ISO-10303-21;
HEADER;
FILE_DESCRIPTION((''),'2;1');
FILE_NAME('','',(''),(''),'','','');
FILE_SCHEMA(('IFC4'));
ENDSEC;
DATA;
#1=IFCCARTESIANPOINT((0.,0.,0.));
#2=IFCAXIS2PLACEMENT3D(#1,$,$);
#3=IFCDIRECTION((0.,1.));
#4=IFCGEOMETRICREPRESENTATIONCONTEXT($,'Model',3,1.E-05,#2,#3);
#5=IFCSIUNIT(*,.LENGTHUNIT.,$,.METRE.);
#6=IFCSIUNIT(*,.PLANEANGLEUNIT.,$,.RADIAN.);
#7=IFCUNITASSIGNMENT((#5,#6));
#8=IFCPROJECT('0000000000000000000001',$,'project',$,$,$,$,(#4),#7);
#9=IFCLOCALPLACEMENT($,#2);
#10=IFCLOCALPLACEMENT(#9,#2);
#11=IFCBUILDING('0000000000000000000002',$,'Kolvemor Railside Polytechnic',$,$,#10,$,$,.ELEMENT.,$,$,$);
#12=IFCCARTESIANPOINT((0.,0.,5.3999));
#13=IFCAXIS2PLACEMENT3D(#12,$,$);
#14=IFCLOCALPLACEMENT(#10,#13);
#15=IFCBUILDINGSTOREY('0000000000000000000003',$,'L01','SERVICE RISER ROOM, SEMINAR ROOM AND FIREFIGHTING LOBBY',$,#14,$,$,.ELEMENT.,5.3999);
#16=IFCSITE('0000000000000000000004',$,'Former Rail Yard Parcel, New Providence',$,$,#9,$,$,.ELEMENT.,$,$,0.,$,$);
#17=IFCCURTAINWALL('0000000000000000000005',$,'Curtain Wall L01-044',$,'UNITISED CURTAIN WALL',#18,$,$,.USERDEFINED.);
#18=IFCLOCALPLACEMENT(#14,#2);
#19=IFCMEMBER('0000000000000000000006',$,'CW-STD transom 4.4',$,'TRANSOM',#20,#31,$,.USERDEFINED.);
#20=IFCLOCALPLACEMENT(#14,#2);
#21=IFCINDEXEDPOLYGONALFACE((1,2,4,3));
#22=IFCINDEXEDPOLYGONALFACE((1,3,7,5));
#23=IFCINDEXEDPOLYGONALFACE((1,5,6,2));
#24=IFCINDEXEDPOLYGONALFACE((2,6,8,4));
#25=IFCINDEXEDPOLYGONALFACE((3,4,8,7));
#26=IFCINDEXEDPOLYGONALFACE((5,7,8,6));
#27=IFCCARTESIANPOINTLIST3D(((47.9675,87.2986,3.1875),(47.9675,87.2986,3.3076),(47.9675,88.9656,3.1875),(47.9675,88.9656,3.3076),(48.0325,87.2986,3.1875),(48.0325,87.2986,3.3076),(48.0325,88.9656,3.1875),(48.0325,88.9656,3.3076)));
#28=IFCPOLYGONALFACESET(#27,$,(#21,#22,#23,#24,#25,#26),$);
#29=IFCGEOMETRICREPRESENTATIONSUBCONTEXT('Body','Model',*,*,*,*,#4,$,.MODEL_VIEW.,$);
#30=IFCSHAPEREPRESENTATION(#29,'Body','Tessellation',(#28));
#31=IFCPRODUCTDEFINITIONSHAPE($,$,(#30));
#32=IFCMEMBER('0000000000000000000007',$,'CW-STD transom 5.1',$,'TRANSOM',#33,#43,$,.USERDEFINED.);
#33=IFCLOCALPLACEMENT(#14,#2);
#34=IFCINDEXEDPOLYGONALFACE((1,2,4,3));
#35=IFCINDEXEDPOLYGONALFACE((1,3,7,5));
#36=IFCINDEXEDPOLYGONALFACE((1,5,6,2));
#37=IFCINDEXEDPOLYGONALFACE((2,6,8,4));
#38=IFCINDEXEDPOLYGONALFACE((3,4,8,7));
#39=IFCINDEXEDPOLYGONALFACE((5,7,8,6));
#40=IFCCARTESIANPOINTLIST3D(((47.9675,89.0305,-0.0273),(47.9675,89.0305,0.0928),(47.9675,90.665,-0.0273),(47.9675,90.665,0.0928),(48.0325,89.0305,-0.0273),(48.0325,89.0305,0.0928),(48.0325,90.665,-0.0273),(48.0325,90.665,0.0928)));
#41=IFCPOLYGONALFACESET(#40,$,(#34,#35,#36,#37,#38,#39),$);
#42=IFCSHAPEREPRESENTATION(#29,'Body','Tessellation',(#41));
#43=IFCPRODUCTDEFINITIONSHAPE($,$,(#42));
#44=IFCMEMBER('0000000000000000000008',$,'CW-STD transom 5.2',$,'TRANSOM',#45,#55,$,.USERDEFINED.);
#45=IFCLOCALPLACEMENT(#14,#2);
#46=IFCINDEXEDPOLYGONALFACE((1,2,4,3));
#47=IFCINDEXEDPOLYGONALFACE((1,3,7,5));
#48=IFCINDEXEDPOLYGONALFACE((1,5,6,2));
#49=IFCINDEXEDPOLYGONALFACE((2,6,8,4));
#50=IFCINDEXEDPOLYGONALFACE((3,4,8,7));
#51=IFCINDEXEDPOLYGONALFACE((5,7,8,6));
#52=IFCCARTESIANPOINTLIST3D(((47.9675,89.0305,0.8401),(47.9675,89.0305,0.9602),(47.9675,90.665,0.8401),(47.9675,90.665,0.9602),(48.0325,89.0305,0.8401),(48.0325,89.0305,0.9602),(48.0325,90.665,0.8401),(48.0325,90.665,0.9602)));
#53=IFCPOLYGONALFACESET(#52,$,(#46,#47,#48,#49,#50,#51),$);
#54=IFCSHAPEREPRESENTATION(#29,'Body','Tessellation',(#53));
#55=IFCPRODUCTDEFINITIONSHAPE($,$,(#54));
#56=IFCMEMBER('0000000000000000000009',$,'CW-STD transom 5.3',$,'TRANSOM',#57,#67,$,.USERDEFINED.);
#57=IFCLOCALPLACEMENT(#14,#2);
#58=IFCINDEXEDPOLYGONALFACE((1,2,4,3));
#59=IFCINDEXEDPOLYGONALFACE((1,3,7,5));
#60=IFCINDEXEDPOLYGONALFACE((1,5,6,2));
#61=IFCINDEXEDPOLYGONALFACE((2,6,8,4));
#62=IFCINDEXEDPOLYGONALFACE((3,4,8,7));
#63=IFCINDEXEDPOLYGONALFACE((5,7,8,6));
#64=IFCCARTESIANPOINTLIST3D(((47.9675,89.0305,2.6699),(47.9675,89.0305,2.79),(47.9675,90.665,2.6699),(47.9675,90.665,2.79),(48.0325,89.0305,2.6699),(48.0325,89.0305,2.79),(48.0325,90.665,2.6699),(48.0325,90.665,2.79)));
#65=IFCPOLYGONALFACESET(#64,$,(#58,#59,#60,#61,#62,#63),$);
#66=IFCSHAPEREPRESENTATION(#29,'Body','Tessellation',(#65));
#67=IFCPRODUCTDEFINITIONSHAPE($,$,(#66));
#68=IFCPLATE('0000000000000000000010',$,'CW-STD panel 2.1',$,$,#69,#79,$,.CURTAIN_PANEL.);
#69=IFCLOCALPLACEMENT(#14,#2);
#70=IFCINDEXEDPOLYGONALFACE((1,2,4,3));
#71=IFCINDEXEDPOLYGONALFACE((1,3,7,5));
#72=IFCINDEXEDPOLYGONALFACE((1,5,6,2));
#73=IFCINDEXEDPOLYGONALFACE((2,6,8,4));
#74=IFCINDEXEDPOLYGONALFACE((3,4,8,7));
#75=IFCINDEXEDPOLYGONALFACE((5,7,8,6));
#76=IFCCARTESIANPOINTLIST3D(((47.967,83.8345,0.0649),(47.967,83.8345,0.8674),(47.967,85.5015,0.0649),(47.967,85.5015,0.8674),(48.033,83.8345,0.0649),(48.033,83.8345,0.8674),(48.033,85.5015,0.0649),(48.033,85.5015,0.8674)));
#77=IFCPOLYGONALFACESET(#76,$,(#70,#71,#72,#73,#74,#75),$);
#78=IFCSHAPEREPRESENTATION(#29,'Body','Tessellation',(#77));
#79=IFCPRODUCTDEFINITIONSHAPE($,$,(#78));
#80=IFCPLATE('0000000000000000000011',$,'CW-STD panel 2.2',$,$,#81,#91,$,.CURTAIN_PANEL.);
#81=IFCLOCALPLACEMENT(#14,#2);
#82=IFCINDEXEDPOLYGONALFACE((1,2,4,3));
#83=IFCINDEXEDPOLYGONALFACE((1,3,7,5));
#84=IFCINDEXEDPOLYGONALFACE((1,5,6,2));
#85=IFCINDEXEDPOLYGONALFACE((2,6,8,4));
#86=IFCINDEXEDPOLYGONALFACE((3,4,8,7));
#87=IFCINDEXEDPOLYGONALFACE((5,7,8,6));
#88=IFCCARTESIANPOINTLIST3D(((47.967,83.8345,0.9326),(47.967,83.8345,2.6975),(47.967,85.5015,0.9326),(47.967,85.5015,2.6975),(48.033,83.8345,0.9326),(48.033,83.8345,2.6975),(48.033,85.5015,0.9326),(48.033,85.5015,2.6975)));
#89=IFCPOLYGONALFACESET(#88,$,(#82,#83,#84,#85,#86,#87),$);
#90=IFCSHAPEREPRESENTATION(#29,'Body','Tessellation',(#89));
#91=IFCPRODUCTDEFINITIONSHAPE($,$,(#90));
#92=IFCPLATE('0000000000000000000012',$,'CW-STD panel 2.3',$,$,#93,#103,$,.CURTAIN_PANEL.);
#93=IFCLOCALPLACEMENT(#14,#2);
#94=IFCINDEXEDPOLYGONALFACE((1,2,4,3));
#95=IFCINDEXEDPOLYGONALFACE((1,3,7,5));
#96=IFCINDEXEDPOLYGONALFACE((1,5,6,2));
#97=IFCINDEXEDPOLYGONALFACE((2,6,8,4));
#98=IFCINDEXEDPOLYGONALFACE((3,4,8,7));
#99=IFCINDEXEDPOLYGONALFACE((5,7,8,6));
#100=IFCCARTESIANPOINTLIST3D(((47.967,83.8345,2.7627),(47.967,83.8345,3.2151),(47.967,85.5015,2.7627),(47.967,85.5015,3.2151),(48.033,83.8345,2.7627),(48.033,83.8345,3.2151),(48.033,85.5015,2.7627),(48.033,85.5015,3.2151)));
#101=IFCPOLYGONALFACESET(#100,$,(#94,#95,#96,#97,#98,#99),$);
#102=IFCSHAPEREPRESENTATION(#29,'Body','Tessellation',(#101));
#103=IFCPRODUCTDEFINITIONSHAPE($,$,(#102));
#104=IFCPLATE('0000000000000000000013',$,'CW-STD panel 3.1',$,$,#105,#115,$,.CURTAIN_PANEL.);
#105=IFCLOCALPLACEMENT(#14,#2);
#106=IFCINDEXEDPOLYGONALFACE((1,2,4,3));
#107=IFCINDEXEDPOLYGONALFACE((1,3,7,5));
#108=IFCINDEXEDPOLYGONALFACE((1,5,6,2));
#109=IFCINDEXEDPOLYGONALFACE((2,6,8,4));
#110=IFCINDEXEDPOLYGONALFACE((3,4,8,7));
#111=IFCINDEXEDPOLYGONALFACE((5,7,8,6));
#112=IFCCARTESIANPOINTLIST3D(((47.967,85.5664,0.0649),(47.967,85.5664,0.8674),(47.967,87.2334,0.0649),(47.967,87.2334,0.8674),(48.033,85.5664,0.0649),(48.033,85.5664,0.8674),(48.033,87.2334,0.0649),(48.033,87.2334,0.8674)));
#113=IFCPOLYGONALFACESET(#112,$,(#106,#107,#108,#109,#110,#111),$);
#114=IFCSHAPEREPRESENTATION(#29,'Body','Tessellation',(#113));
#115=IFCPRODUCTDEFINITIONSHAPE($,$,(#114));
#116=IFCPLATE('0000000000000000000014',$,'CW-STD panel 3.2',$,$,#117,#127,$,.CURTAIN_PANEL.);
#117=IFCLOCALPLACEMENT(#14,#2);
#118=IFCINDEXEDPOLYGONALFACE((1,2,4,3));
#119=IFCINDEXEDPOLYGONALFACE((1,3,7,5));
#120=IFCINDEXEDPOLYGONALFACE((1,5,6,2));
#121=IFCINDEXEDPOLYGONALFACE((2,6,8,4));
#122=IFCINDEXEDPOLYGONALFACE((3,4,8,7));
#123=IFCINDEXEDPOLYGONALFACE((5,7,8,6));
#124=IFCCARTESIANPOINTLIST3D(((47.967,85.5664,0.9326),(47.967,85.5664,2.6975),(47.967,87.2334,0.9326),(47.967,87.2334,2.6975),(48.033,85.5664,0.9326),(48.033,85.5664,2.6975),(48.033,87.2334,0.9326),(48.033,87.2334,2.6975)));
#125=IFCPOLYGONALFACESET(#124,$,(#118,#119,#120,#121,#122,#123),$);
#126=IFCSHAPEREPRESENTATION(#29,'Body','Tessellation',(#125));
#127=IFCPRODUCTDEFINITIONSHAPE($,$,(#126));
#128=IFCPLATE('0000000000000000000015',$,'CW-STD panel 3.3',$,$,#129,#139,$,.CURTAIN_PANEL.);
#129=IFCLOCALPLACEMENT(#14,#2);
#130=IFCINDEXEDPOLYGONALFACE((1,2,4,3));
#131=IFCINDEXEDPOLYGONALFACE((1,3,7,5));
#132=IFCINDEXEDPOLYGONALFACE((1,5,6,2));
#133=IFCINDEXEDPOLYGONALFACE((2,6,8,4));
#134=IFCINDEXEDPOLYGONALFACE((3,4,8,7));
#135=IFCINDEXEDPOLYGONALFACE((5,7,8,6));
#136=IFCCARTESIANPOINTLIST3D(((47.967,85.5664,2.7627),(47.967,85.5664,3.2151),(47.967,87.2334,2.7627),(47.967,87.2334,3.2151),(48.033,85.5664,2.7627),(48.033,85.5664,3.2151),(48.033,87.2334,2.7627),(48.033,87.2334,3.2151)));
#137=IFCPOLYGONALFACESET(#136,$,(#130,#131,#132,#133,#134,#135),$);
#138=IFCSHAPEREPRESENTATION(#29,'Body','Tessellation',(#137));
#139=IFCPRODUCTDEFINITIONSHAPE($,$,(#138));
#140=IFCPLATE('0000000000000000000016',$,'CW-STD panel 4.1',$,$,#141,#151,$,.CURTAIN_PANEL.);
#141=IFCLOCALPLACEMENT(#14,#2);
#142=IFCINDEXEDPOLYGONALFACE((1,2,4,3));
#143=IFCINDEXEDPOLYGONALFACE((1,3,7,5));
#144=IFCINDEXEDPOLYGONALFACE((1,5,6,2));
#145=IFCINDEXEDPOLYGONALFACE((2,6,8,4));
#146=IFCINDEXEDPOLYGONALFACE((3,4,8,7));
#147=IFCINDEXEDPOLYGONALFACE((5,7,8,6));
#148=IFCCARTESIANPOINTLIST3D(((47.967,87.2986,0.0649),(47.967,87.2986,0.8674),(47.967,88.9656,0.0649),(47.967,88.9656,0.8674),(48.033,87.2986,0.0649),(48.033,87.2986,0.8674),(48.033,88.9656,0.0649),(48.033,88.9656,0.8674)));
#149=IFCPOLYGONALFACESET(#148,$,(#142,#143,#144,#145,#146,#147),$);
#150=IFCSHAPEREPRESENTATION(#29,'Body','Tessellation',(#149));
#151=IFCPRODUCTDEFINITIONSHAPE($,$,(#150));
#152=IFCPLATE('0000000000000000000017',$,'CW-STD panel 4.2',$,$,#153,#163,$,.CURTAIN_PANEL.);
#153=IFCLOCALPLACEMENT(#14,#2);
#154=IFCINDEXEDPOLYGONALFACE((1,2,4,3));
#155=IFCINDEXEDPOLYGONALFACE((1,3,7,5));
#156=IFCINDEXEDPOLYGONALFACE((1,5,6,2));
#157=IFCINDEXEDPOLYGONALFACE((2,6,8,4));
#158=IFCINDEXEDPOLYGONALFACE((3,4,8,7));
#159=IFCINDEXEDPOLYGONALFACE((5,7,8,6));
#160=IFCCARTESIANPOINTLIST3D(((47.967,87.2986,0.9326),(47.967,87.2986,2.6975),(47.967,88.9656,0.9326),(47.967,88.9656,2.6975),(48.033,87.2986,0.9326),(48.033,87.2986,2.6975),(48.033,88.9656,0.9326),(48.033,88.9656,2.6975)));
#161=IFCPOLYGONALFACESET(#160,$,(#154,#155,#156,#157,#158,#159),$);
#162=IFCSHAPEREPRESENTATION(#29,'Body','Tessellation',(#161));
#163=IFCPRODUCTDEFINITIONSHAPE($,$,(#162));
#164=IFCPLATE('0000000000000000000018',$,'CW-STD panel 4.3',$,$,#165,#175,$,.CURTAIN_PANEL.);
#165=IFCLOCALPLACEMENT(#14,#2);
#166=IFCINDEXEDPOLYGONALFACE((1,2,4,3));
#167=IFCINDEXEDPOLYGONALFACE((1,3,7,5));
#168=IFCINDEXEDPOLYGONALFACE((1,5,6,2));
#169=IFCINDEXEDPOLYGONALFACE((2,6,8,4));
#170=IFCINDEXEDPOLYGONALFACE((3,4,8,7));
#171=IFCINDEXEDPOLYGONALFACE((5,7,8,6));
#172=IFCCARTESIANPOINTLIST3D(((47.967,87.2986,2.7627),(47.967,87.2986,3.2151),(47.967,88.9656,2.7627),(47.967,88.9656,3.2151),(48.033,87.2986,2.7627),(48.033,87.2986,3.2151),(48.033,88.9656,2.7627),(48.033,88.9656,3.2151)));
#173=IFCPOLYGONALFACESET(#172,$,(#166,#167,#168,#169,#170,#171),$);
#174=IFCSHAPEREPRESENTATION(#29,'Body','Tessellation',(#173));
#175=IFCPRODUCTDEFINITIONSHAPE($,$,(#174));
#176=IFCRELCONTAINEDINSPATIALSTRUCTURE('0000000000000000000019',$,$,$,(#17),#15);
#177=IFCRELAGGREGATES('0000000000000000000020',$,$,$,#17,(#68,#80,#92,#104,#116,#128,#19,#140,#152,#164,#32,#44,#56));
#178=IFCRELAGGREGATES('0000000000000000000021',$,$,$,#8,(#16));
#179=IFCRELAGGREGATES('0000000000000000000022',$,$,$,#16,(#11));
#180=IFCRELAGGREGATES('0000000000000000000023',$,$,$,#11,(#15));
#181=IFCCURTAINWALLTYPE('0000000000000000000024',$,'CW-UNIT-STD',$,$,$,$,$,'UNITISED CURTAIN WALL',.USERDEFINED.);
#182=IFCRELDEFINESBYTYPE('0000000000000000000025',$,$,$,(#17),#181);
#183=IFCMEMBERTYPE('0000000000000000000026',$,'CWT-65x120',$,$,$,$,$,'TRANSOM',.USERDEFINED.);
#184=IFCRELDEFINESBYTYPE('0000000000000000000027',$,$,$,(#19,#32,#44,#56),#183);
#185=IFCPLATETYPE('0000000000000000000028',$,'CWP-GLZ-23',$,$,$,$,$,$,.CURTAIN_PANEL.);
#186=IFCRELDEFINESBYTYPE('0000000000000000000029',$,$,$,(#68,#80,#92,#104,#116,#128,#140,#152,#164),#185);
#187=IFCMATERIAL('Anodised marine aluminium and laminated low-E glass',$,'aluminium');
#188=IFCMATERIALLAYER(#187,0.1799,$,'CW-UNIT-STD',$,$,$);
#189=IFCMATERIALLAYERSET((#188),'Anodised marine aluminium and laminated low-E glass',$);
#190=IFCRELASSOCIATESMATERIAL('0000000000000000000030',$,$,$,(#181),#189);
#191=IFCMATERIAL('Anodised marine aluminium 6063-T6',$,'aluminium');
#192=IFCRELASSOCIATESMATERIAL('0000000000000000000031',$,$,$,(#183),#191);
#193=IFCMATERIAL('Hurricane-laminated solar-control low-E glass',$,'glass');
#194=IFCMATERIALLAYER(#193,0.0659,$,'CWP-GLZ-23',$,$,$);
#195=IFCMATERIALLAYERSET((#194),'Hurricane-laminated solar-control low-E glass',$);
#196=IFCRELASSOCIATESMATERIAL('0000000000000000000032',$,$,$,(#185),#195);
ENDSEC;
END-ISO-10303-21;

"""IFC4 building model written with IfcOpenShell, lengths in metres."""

from ifc_helpers import new_model, si_unit, direction, frame, origin, origin_2d, place, context, subcontext, project, spatial, rectangle, extrude, material, layer, layer_set, material_profile, profile_set, type_object, element, aggregate, save


model = new_model("IFC4")

# Units and contexts
model_context = context("Model", 3, precision=1e-05, world=origin(), true_north=direction((0.0, 1.0)))
body_context = subcontext(model_context, "Body", "Model", "MODEL_VIEW")
ifc_project = project(units=[si_unit("LENGTHUNIT", "METRE"), si_unit("PLANEANGLEUNIT", "RADIAN")], contexts=[model_context])

# Site, building, storey
site_placement = place(None, origin())
site = spatial("IfcSite", under=ifc_project, at=site_placement, Name="Former Rail Yard Parcel, New Providence", CompositionType="ELEMENT", RefElevation=0.0)
building_placement = place(site_placement, origin())
building = spatial("IfcBuilding", under=site, at=building_placement, Name="Kolvemor Railside Polytechnic", CompositionType="ELEMENT")
storey_placement = place(building_placement, frame((0.0, 0.0, 5.3999)))
storey = spatial("IfcBuildingStorey", under=building, at=storey_placement, Name="L01", Description="SERVICE RISER ROOM, SEMINAR ROOM AND FIREFIGHTING LOBBY", CompositionType="ELEMENT", Elevation=5.3999)

# Curtain wall, members, plates
ifc_material_1 = material(Name="Anodised marine aluminium and laminated low-E glass", Category="aluminium")
ifc_layer_1 = layer(ifc_material_1, 0.1799, Name="CW-UNIT-STD")
ifc_layer_set_1 = layer_set([ifc_layer_1], Name="Anodised marine aluminium and laminated low-E glass")
curtain_wall_type = type_object("IfcCurtainWallType", Name="CW-UNIT-STD", ElementType="UNITISED CURTAIN WALL", PredefinedType="USERDEFINED", material=ifc_layer_set_1)
curtain_wall_placement = place(storey_placement, origin())
curtain_wall = element("IfcCurtainWall", 1, at=curtain_wall_placement, inside=storey, type_object=curtain_wall_type, Name="Curtain Wall L01-044", ObjectType="UNITISED CURTAIN WALL", PredefinedType="USERDEFINED")
ifc_material_2 = material(Name="Anodised marine aluminium 6063-T6", Category="aluminium")
ifc_material_profile_1 = material_profile(ifc_material_2, rectangle(XDim=0.0649, YDim=0.1201, at=origin_2d()), Name="CW-TRN-65x120")
ifc_profile_set_1 = profile_set([ifc_material_profile_1], Name="Anodised marine aluminium 6063-T6")
member_type_1 = type_object("IfcMemberType", Name="CWT-65x120", ElementType="TRANSOM", PredefinedType="USERDEFINED", material=ifc_profile_set_1)
member_1_placement = place(storey_placement, frame((48.0, 87.2986, 3.2476), z_axis=(0.0, 1.0, 0.0), x_axis=(-1.0, 0.0, 0.0)))
member_1 = element("IfcMember", 2, at=member_1_placement, type_object=member_type_1, Name="CW-STD transom 4.4", ObjectType="TRANSOM", PredefinedType="USERDEFINED", context=body_context, shape_type="SweptSolid", body=[
    extrude(rectangle(XDim=0.0649, YDim=0.1201, at=origin_2d()), origin(), (0.0, 0.0, 1.0), 1.667),
])
member_2_placement = place(storey_placement, frame((48.0, 89.0305, 0.0327), z_axis=(0.0, 1.0, 0.0), x_axis=(-1.0, 0.0, 0.0)))
member_2 = element("IfcMember", 3, at=member_2_placement, type_object=member_type_1, Name="CW-STD transom 5.1", ObjectType="TRANSOM", PredefinedType="USERDEFINED", context=body_context, shape_type="SweptSolid", body=[
    extrude(rectangle(XDim=0.0649, YDim=0.1201, at=origin_2d()), origin(), (0.0, 0.0, 1.0), 1.6345),
])
member_3_placement = place(storey_placement, frame((48.0, 89.0305, 0.9001), z_axis=(0.0, 1.0, 0.0), x_axis=(-1.0, 0.0, 0.0)))
member_3 = element("IfcMember", 4, at=member_3_placement, type_object=member_type_1, Name="CW-STD transom 5.2", ObjectType="TRANSOM", PredefinedType="USERDEFINED", context=body_context, shape_type="SweptSolid", body=[
    extrude(rectangle(XDim=0.0649, YDim=0.1201, at=origin_2d()), origin(), (0.0, 0.0, 1.0), 1.6345),
])
member_4_placement = place(storey_placement, frame((48.0, 89.0305, 2.73), z_axis=(0.0, 1.0, 0.0), x_axis=(-1.0, 0.0, 0.0)))
member_4 = element("IfcMember", 5, at=member_4_placement, type_object=member_type_1, Name="CW-STD transom 5.3", ObjectType="TRANSOM", PredefinedType="USERDEFINED", context=body_context, shape_type="SweptSolid", body=[
    extrude(rectangle(XDim=0.0649, YDim=0.1201, at=origin_2d()), origin(), (0.0, 0.0, 1.0), 1.6345),
])
ifc_material_3 = material(Name="Hurricane-laminated solar-control low-E glass", Category="glass")
ifc_layer_2 = layer(ifc_material_3, 0.0659, Name="CWP-GLZ-23")
ifc_layer_set_2 = layer_set([ifc_layer_2], Name="Hurricane-laminated solar-control low-E glass")
plate_type = type_object("IfcPlateType", Name="CWP-GLZ-23", PredefinedType="CURTAIN_PANEL", material=ifc_layer_set_2)
plate_1_placement = place(storey_placement, frame((48.0, 84.668, 0.0649), z_axis=(0.0, 0.0, 1.0), x_axis=(0.0, 1.0, 0.0)))
plate_1 = element("IfcPlate", 6, at=plate_1_placement, type_object=plate_type, Name="CW-STD panel 2.1", PredefinedType="CURTAIN_PANEL", context=body_context, shape_type="SweptSolid", body=[
    extrude(rectangle(XDim=1.667, YDim=0.0659, at=origin_2d()), origin(), (0.0, 0.0, 1.0), 0.8025),
])
plate_2_placement = place(storey_placement, frame((48.0, 84.668, 0.9326), z_axis=(0.0, 0.0, 1.0), x_axis=(0.0, 1.0, 0.0)))
plate_2 = element("IfcPlate", 7, at=plate_2_placement, type_object=plate_type, Name="CW-STD panel 2.2", PredefinedType="CURTAIN_PANEL", context=body_context, shape_type="SweptSolid", body=[
    extrude(rectangle(XDim=1.667, YDim=0.0659, at=origin_2d()), origin(), (0.0, 0.0, 1.0), 1.7649),
])
plate_3_placement = place(storey_placement, frame((48.0, 84.668, 2.7627), z_axis=(0.0, 0.0, 1.0), x_axis=(0.0, 1.0, 0.0)))
plate_3 = element("IfcPlate", 8, at=plate_3_placement, type_object=plate_type, Name="CW-STD panel 2.3", PredefinedType="CURTAIN_PANEL", context=body_context, shape_type="SweptSolid", body=[
    extrude(rectangle(XDim=1.667, YDim=0.0659, at=origin_2d()), origin(), (0.0, 0.0, 1.0), 0.4524),
])
plate_4_placement = place(storey_placement, frame((48.0, 86.3999, 0.0649), z_axis=(0.0, 0.0, 1.0), x_axis=(0.0, 1.0, 0.0)))
plate_4 = element("IfcPlate", 9, at=plate_4_placement, type_object=plate_type, Name="CW-STD panel 3.1", PredefinedType="CURTAIN_PANEL", context=body_context, shape_type="SweptSolid", body=[
    extrude(rectangle(XDim=1.667, YDim=0.0659, at=origin_2d()), origin(), (0.0, 0.0, 1.0), 0.8025),
])
plate_5_placement = place(storey_placement, frame((48.0, 86.3999, 0.9326), z_axis=(0.0, 0.0, 1.0), x_axis=(0.0, 1.0, 0.0)))
plate_5 = element("IfcPlate", 10, at=plate_5_placement, type_object=plate_type, Name="CW-STD panel 3.2", PredefinedType="CURTAIN_PANEL", context=body_context, shape_type="SweptSolid", body=[
    extrude(rectangle(XDim=1.667, YDim=0.0659, at=origin_2d()), origin(), (0.0, 0.0, 1.0), 1.7649),
])
plate_6_placement = place(storey_placement, frame((48.0, 86.3999, 2.7627), z_axis=(0.0, 0.0, 1.0), x_axis=(0.0, 1.0, 0.0)))
plate_6 = element("IfcPlate", 11, at=plate_6_placement, type_object=plate_type, Name="CW-STD panel 3.3", PredefinedType="CURTAIN_PANEL", context=body_context, shape_type="SweptSolid", body=[
    extrude(rectangle(XDim=1.667, YDim=0.0659, at=origin_2d()), origin(), (0.0, 0.0, 1.0), 0.4524),
])
plate_7_placement = place(storey_placement, frame((48.0, 88.1321, 0.0649), z_axis=(0.0, 0.0, 1.0), x_axis=(0.0, 1.0, 0.0)))
plate_7 = element("IfcPlate", 12, at=plate_7_placement, type_object=plate_type, Name="CW-STD panel 4.1", PredefinedType="CURTAIN_PANEL", context=body_context, shape_type="SweptSolid", body=[
    extrude(rectangle(XDim=1.667, YDim=0.0659, at=origin_2d()), origin(), (0.0, 0.0, 1.0), 0.8025),
])
plate_8_placement = place(storey_placement, frame((48.0, 88.1321, 0.9326), z_axis=(0.0, 0.0, 1.0), x_axis=(0.0, 1.0, 0.0)))
plate_8 = element("IfcPlate", 13, at=plate_8_placement, type_object=plate_type, Name="CW-STD panel 4.2", PredefinedType="CURTAIN_PANEL", context=body_context, shape_type="SweptSolid", body=[
    extrude(rectangle(XDim=1.667, YDim=0.0659, at=origin_2d()), origin(), (0.0, 0.0, 1.0), 1.7649),
])
plate_9_placement = place(storey_placement, frame((48.0, 88.1321, 2.7627), z_axis=(0.0, 0.0, 1.0), x_axis=(0.0, 1.0, 0.0)))
plate_9 = element("IfcPlate", 14, at=plate_9_placement, type_object=plate_type, Name="CW-STD panel 4.3", PredefinedType="CURTAIN_PANEL", context=body_context, shape_type="SweptSolid", body=[
    extrude(rectangle(XDim=1.667, YDim=0.0659, at=origin_2d()), origin(), (0.0, 0.0, 1.0), 0.4524),
])
aggregate(curtain_wall, [plate_1, plate_2, plate_3, plate_4, plate_5, plate_6, member_1, plate_7, plate_8, plate_9, member_2, member_3, member_4])

save(model, "model.ifc")
